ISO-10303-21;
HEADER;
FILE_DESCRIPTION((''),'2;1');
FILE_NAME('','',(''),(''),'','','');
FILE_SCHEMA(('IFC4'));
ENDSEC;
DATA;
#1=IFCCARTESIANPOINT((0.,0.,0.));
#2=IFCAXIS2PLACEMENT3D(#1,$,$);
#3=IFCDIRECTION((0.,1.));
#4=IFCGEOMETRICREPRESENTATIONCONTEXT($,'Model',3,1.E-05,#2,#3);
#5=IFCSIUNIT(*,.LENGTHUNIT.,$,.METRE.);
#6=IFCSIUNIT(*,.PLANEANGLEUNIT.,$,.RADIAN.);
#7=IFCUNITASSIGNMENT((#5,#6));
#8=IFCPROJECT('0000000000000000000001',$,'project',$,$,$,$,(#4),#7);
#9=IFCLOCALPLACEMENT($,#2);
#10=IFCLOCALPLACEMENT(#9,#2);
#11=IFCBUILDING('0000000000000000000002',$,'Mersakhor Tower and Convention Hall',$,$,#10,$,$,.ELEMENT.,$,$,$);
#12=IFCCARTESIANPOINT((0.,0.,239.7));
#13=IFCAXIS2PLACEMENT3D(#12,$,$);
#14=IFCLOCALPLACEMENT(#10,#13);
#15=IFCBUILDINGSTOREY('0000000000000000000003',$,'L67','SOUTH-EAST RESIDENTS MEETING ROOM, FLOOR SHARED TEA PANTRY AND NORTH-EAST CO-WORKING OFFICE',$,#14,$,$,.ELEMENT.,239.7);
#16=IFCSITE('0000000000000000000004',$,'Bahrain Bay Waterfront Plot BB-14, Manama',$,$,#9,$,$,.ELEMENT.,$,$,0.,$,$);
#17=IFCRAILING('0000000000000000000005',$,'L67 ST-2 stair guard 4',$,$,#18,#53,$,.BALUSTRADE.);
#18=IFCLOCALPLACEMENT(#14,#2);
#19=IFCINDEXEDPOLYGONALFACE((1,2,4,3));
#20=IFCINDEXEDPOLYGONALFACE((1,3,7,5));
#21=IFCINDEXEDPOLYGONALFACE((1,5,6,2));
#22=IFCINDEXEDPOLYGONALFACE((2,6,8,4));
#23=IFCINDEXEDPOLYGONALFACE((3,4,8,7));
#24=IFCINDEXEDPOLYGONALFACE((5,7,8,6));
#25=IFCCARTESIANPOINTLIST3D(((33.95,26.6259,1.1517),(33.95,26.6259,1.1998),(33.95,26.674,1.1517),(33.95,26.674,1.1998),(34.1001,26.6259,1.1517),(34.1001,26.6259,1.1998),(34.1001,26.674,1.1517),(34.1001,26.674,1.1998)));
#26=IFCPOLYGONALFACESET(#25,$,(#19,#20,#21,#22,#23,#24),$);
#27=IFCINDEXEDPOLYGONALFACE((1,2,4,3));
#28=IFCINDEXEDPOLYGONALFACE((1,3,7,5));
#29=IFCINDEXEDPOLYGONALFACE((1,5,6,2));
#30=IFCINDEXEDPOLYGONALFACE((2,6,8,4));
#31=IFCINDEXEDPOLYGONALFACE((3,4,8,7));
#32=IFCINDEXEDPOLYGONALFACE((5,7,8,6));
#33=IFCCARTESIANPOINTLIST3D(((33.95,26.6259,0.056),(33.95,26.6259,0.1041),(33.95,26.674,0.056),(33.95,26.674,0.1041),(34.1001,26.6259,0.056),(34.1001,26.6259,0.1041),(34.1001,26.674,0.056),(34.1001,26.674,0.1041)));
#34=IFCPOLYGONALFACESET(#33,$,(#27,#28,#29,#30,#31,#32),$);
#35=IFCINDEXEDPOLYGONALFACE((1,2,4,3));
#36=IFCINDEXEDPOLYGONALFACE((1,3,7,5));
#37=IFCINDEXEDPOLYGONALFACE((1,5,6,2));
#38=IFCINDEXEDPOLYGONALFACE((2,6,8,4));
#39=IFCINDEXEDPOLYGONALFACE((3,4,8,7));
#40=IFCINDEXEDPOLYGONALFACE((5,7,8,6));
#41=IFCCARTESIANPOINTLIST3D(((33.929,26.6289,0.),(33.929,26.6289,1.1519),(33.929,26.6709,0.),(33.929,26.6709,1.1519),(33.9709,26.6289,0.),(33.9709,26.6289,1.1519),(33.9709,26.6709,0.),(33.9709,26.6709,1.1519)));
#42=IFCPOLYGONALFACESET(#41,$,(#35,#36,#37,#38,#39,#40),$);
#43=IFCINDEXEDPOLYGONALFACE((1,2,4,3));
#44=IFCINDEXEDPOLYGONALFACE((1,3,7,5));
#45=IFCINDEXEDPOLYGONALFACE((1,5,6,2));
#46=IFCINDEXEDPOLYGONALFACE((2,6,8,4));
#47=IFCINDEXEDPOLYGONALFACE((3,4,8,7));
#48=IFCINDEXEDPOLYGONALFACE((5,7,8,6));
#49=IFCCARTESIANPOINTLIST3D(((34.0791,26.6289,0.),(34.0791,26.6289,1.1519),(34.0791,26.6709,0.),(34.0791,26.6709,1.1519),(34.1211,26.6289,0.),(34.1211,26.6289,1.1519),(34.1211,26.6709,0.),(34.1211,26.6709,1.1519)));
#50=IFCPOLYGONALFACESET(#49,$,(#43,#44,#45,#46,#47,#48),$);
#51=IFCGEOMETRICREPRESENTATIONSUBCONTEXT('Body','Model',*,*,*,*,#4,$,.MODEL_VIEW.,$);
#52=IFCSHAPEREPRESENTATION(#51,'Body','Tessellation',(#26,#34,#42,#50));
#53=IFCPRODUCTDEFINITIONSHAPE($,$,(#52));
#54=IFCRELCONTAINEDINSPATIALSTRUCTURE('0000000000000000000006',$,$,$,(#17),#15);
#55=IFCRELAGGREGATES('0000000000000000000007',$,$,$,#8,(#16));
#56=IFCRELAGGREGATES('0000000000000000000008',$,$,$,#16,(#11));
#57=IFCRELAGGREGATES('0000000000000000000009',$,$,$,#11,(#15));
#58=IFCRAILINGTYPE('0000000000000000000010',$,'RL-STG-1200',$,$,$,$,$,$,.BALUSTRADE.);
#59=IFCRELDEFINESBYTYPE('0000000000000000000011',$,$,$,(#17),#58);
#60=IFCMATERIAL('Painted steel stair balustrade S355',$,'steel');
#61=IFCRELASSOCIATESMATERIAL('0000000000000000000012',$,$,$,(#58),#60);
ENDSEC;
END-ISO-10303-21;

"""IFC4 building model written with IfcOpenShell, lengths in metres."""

from ifc_helpers import new_model, si_unit, direction, frame, origin, origin_2d, place, context, subcontext, project, spatial, rectangle, extrude, material, type_object, element, save


model = new_model("IFC4")

# Units and contexts
model_context = context("Model", 3, precision=1e-05, world=origin(), true_north=direction((0.0, 1.0)))
body_context = subcontext(model_context, "Body", "Model", "MODEL_VIEW")
ifc_project = project(units=[si_unit("LENGTHUNIT", "METRE"), si_unit("PLANEANGLEUNIT", "RADIAN")], contexts=[model_context])

# Site, building, storey
site_placement = place(None, origin())
site = spatial("IfcSite", under=ifc_project, at=site_placement, Name="Bahrain Bay Waterfront Plot BB-14, Manama", CompositionType="ELEMENT", RefElevation=0.0)
building_placement = place(site_placement, origin())
building = spatial("IfcBuilding", under=site, at=building_placement, Name="Mersakhor Tower and Convention Hall", CompositionType="ELEMENT")
storey_placement = place(building_placement, frame((0.0, 0.0, 239.7)))
storey = spatial("IfcBuildingStorey", under=building, at=storey_placement, Name="L67", Description="SOUTH-EAST RESIDENTS MEETING ROOM, FLOOR SHARED TEA PANTRY AND NORTH-EAST CO-WORKING OFFICE", CompositionType="ELEMENT", Elevation=239.7)

# Railing
ifc_material_1 = material(Name="Painted steel stair balustrade S355", Category="steel")
railing_type_1 = type_object("IfcRailingType", Name="RL-STG-1200", PredefinedType="BALUSTRADE", material=ifc_material_1)
railing_1_placement = place(storey_placement, frame((33.95, 26.6499, 0.0)))
element("IfcRailing", 1, at=railing_1_placement, inside=storey, type_object=railing_type_1, Name="L67 ST-2 stair guard 4", PredefinedType="BALUSTRADE", context=body_context, shape_type="SweptSolid", body=[
    extrude(rectangle(XDim=0.0481, YDim=0.0481, at=origin_2d()), frame((0.0, 0.0, 1.1758), z_axis=(1.0, 0.0, 0.0), x_axis=(0.0, 1.0, 0.0)), (0.0, 0.0, 1.0), 0.1501),
    extrude(rectangle(XDim=0.0481, YDim=0.0481, at=origin_2d()), frame((0.0, 0.0, 0.0801), z_axis=(1.0, 0.0, 0.0), x_axis=(0.0, 1.0, 0.0)), (0.0, 0.0, 1.0), 0.1501),
    extrude(rectangle(XDim=0.042, YDim=0.042, at=origin_2d()), origin(), (0.0, 0.0, 1.0), 1.1519),
    extrude(rectangle(XDim=0.042, YDim=0.042, at=origin_2d()), frame((0.1501, 0.0, 0.0)), (0.0, 0.0, 1.0), 1.1519),
])

save(model, "model.ifc")
